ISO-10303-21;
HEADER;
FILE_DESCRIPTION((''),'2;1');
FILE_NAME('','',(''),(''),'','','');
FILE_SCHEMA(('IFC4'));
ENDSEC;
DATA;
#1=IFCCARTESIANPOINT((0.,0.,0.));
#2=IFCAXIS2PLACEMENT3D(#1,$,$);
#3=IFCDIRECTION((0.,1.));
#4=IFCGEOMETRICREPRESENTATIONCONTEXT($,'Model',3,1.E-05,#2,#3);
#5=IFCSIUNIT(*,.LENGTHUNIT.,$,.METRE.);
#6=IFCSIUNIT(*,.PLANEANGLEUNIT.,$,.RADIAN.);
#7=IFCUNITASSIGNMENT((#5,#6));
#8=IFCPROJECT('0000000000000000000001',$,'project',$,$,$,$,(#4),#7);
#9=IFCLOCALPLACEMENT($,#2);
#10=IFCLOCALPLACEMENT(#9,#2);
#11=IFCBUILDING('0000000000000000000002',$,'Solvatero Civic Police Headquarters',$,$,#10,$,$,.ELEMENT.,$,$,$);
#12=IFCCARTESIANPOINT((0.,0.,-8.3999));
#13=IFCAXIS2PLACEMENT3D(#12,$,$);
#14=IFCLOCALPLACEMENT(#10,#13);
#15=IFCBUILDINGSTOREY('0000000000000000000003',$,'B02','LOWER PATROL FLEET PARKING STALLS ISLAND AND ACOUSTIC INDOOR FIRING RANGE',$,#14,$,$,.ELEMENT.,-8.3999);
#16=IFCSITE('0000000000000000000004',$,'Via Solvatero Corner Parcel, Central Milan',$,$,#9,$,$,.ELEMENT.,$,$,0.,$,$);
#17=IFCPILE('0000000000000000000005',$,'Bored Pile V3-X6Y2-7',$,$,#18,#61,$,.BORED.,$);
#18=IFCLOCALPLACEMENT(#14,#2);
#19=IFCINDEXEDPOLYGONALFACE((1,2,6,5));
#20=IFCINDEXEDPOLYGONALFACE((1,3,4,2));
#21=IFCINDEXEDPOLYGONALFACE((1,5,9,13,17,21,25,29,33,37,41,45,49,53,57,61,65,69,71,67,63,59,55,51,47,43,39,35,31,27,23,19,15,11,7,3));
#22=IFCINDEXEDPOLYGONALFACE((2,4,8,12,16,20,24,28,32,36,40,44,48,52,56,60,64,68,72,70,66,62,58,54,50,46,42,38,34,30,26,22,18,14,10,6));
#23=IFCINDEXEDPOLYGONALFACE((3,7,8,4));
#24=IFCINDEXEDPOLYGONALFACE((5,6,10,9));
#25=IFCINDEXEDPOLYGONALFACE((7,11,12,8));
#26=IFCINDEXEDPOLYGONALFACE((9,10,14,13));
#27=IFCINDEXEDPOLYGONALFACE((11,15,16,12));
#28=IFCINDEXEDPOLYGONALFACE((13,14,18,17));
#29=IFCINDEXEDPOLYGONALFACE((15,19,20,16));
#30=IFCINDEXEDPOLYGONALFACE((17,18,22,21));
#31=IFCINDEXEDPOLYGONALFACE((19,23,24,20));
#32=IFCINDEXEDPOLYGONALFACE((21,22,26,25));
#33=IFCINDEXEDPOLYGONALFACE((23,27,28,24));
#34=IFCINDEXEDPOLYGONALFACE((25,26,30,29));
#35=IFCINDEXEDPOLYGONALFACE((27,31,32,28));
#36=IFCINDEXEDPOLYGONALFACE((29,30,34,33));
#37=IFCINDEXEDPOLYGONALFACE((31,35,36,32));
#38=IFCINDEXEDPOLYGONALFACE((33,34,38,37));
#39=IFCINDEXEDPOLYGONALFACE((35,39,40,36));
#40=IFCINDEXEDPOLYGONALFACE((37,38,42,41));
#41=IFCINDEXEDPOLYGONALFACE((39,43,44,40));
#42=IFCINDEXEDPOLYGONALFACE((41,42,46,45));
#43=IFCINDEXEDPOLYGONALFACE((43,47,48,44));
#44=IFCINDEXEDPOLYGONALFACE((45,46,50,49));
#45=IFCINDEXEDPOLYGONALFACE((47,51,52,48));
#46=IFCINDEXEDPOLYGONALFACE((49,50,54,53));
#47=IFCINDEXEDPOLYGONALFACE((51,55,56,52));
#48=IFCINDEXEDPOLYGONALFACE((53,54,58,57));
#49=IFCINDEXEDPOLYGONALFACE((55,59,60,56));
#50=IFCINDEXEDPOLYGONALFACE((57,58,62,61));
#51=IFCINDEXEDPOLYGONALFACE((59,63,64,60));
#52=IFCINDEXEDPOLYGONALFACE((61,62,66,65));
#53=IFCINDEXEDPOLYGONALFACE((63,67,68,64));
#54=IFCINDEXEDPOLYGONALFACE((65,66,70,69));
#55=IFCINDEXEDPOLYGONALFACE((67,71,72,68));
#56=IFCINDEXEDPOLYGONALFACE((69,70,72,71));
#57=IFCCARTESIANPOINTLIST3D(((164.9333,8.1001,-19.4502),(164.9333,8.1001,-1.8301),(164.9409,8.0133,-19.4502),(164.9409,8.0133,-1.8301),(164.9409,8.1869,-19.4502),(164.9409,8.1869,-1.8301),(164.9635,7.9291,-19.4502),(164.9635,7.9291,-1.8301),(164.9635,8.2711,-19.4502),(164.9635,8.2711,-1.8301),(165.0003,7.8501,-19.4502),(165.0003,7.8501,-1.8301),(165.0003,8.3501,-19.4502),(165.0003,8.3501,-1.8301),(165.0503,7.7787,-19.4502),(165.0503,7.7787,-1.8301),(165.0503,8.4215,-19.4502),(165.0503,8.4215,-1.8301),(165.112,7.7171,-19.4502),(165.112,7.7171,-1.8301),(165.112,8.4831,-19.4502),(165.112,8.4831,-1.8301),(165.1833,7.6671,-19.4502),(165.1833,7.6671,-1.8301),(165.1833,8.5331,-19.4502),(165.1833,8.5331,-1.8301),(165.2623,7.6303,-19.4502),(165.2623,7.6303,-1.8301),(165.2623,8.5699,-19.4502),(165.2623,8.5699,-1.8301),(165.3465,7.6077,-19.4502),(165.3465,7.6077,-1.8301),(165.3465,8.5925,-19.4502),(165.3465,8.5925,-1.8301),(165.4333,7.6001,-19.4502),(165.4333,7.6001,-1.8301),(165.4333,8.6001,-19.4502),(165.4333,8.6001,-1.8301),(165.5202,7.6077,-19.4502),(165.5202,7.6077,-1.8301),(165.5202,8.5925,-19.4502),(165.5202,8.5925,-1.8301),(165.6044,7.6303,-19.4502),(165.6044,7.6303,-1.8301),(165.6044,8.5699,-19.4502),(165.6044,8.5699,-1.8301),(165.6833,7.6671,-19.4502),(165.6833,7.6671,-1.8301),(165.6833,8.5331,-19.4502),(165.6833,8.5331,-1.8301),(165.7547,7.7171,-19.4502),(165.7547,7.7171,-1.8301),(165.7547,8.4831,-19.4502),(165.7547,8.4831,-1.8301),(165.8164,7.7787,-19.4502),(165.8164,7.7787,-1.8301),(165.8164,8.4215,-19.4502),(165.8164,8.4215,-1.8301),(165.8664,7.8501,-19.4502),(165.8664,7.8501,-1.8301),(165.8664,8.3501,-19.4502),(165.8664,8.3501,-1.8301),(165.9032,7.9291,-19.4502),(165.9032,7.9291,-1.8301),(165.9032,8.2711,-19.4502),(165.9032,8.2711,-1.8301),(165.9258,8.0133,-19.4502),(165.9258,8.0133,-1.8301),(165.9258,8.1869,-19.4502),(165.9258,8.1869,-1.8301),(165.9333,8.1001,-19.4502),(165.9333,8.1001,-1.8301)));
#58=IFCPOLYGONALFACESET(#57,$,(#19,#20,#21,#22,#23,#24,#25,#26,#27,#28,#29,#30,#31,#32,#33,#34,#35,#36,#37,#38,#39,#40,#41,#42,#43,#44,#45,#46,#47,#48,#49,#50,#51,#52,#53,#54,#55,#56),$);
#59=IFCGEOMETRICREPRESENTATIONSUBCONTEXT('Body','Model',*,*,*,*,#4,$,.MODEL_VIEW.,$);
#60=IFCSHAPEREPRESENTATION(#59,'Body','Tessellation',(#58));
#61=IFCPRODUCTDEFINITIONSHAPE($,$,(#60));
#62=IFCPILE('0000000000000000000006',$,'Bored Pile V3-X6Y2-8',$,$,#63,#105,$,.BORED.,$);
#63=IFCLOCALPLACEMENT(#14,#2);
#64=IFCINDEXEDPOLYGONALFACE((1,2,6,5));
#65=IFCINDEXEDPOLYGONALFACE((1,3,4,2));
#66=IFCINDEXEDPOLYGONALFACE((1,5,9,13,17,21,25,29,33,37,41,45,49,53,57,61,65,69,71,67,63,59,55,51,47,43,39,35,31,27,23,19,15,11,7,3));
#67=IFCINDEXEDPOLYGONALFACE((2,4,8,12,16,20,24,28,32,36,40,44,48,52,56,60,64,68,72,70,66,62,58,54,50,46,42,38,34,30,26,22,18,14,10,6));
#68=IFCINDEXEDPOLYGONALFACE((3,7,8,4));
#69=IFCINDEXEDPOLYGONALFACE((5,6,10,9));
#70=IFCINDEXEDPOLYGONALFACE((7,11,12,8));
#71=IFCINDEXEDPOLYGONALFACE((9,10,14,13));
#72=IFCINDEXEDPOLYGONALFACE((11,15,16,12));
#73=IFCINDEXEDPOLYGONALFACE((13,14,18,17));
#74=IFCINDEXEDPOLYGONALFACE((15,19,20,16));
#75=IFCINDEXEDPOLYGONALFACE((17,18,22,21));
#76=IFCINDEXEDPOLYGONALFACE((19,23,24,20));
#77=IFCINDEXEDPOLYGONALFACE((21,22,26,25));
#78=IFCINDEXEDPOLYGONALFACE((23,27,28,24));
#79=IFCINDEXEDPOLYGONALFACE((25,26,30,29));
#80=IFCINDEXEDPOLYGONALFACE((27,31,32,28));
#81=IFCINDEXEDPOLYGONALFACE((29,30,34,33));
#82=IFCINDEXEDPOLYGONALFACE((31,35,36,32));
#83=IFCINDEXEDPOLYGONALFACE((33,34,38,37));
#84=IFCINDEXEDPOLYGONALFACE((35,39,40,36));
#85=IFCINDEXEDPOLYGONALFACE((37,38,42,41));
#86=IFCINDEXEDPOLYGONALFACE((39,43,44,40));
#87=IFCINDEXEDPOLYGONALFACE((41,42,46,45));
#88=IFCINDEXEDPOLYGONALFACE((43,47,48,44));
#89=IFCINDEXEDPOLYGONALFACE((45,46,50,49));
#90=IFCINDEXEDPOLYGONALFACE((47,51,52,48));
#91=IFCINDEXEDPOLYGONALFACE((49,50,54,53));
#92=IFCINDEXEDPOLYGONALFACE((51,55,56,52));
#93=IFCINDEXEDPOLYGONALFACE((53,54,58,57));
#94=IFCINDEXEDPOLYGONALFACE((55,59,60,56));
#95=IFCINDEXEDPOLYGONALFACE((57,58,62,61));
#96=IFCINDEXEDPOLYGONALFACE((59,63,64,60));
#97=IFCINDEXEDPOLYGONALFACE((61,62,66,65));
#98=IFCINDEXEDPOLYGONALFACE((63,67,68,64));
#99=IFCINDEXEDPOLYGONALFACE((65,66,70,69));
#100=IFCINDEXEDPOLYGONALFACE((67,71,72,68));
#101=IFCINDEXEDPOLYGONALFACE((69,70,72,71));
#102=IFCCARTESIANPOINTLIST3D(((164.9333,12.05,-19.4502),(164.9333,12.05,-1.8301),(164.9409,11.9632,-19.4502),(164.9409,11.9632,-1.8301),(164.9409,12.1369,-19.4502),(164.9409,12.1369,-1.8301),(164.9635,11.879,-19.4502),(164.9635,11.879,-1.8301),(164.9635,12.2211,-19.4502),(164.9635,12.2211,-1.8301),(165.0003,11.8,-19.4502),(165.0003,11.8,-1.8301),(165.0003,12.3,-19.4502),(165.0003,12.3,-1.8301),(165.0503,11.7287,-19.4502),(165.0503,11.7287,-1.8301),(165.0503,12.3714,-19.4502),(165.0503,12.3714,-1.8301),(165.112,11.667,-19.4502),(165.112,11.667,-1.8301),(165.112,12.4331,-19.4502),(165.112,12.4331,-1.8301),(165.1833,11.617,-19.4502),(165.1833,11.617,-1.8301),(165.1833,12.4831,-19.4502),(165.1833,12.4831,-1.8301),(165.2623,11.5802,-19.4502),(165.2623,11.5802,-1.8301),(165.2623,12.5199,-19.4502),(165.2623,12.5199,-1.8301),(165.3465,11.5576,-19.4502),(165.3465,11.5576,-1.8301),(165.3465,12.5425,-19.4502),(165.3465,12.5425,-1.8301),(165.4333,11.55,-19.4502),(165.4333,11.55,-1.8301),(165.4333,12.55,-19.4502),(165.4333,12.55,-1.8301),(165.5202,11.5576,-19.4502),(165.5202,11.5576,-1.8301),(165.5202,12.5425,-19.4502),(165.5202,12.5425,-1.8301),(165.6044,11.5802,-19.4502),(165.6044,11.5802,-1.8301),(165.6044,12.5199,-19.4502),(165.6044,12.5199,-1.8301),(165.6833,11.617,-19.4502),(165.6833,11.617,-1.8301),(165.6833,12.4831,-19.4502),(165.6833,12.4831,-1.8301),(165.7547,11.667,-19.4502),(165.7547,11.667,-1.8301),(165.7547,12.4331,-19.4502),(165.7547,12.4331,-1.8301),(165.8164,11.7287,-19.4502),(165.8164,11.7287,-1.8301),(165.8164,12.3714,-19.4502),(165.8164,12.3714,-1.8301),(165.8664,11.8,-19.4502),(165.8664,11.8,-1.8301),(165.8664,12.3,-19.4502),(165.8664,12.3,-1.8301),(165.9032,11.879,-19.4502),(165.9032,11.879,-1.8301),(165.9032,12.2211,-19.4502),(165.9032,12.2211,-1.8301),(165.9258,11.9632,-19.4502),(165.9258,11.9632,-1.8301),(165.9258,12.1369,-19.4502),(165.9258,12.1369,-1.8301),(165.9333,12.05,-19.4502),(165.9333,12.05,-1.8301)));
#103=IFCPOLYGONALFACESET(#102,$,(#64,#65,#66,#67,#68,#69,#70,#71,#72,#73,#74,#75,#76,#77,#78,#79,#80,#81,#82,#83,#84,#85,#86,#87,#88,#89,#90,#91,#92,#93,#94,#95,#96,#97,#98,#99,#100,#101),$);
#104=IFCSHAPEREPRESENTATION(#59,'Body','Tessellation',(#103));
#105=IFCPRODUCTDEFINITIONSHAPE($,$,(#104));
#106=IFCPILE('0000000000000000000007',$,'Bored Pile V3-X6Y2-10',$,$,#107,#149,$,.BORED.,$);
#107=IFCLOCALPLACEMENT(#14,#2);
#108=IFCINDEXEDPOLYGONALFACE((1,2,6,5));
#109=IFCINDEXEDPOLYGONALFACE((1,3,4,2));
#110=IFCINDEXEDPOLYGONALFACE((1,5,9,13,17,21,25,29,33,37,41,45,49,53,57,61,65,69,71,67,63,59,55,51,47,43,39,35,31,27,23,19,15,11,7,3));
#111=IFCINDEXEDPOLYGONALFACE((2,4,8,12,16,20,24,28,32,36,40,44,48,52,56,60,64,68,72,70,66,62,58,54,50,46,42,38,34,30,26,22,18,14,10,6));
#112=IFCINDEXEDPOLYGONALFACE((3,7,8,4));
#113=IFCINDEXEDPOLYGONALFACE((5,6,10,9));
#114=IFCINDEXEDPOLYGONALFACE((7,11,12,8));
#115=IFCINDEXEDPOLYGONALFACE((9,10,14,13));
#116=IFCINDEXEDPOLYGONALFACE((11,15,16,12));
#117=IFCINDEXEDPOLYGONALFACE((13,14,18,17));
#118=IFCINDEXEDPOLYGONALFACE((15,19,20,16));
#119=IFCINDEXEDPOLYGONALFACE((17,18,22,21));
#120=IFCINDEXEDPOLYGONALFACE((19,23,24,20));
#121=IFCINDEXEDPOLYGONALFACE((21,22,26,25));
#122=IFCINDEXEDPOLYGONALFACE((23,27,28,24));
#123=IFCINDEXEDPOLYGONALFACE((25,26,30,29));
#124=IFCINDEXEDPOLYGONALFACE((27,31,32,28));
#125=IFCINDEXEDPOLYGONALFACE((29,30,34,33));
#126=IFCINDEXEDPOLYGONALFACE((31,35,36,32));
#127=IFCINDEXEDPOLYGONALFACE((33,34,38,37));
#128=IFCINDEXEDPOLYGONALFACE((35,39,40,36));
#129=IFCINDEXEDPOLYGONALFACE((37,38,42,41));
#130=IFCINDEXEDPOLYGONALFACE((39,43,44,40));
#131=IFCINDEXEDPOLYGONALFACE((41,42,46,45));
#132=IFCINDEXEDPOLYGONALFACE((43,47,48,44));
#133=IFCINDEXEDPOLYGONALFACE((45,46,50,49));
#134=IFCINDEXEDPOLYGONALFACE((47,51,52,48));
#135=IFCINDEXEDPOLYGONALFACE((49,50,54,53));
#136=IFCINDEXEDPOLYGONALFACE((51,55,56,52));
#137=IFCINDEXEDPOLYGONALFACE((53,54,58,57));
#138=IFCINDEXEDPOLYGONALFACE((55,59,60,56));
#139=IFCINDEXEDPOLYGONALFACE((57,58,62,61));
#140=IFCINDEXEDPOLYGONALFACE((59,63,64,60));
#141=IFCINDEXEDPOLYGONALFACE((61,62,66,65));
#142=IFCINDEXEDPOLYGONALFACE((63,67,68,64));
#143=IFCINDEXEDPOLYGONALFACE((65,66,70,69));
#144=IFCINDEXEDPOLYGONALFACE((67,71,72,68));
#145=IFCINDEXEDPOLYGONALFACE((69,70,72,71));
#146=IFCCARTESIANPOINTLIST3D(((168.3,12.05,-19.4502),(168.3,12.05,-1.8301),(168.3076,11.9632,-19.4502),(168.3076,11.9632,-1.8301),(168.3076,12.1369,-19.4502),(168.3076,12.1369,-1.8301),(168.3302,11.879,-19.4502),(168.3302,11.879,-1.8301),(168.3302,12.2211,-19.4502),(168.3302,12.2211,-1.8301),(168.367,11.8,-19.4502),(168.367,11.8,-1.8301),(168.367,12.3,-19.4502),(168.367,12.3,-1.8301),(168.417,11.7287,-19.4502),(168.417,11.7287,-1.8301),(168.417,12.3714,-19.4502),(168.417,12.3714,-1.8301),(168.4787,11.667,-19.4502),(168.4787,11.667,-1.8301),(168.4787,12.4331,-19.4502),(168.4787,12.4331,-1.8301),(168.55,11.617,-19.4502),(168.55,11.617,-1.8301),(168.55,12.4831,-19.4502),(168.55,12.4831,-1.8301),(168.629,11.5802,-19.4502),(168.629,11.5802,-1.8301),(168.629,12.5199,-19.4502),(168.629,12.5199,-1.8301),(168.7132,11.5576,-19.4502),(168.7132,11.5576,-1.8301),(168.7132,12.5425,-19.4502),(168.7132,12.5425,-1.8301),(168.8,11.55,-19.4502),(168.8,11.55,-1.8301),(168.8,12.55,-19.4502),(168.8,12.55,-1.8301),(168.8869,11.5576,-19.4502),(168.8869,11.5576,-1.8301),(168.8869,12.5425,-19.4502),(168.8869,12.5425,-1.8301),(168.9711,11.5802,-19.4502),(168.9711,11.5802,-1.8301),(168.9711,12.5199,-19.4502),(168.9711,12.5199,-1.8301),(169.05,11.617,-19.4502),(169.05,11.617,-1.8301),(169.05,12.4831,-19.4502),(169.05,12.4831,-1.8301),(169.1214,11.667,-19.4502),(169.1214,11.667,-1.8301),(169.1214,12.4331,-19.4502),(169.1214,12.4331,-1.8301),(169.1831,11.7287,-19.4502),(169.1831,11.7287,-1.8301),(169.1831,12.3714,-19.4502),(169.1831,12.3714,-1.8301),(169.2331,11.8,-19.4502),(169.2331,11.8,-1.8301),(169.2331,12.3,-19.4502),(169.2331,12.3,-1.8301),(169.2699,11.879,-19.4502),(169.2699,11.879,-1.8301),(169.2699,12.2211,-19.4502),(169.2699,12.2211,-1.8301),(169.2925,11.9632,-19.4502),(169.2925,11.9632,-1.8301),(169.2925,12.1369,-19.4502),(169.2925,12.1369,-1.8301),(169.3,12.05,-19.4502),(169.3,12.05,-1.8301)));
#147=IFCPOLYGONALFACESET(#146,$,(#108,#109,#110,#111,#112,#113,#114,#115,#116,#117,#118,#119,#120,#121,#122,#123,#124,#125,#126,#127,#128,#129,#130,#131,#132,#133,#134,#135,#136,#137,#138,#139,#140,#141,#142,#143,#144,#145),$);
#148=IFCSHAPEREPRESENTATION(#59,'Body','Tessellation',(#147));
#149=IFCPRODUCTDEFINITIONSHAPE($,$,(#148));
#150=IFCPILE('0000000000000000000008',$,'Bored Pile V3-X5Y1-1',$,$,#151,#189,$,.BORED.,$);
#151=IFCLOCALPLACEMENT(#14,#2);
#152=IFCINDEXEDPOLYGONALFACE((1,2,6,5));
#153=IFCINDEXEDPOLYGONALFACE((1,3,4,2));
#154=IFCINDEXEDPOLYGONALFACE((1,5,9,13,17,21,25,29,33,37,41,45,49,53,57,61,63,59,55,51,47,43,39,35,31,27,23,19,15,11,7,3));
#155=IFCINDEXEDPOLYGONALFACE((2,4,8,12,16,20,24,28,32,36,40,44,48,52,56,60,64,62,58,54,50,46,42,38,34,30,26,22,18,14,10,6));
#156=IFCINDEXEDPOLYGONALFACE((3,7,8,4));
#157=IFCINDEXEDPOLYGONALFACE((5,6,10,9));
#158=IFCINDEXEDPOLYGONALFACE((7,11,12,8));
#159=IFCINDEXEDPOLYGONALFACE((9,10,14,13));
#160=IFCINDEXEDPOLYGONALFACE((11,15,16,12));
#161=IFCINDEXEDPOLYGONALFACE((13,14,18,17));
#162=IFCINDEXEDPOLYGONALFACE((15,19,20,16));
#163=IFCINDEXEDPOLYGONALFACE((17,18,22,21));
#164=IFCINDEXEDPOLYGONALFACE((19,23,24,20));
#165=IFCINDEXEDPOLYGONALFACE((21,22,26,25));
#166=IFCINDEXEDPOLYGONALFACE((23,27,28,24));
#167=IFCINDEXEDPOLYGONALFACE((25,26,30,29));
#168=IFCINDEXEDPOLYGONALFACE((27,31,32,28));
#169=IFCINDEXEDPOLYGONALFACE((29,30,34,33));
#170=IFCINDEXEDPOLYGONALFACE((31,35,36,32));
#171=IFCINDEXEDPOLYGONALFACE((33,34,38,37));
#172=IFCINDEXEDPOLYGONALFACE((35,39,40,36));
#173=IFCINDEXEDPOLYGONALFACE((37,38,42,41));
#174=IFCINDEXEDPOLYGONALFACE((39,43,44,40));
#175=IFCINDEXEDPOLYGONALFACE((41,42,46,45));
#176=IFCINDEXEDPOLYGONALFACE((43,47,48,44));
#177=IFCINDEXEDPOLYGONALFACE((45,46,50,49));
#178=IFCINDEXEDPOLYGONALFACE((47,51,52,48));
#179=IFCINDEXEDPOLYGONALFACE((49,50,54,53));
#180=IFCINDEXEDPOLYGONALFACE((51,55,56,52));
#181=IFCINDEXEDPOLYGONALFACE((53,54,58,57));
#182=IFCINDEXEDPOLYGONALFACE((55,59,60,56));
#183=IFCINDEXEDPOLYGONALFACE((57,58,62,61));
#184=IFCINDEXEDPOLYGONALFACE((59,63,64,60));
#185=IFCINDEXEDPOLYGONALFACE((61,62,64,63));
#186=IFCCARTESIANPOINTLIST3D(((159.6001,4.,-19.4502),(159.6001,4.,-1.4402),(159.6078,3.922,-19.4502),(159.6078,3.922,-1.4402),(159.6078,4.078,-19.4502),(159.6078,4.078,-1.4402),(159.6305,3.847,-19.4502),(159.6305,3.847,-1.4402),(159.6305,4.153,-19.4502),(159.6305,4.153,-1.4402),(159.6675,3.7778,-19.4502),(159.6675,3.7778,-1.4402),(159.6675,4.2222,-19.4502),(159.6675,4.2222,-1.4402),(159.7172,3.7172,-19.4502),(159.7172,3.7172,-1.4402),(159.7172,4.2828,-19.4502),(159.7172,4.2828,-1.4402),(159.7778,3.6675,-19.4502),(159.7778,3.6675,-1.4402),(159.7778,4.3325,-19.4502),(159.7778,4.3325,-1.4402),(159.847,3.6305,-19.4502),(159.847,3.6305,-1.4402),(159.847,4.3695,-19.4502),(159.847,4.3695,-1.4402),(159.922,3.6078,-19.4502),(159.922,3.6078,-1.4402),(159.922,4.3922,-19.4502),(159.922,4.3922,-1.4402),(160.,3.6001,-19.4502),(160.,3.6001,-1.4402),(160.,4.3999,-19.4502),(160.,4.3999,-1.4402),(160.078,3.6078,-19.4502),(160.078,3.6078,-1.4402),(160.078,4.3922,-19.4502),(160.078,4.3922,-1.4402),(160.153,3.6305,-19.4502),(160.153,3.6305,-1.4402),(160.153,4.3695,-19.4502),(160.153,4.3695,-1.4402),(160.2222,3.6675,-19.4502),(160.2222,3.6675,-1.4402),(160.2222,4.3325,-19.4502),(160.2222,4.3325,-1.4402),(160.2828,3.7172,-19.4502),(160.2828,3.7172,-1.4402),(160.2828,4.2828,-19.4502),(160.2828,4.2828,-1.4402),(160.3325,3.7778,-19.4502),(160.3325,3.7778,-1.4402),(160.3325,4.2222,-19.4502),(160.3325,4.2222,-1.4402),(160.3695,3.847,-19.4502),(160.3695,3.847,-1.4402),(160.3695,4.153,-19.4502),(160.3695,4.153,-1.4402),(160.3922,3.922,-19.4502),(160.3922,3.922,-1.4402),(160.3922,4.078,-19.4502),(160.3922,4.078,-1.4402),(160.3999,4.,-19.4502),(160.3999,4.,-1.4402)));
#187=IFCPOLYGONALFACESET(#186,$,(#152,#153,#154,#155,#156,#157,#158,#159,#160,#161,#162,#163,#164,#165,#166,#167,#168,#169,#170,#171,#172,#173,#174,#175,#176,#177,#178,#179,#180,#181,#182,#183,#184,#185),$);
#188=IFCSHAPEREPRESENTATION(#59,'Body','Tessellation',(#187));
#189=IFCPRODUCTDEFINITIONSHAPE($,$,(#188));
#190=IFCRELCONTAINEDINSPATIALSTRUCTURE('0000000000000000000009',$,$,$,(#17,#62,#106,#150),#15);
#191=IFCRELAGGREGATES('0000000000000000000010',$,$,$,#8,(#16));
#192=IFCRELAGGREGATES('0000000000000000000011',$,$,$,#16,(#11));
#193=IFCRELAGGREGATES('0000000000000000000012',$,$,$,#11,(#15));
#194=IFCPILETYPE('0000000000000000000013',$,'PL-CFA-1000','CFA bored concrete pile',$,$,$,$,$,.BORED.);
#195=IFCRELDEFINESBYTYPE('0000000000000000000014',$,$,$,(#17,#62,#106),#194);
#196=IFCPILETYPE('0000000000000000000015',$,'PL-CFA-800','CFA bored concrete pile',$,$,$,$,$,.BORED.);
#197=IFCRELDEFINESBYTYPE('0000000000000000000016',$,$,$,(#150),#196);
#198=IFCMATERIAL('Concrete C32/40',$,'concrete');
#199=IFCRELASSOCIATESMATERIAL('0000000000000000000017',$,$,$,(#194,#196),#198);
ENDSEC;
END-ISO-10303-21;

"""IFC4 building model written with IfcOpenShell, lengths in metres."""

from ifc_helpers import new_model, si_unit, direction, frame, origin, origin_2d, place, context, subcontext, project, spatial, circle, extrude, material, material_profile, profile_set, type_object, element, save


model = new_model("IFC4")

# Units and contexts
model_context = context("Model", 3, precision=1e-05, world=origin(), true_north=direction((0.0, 1.0)))
body_context = subcontext(model_context, "Body", "Model", "MODEL_VIEW")
ifc_project = project(units=[si_unit("LENGTHUNIT", "METRE"), si_unit("PLANEANGLEUNIT", "RADIAN")], contexts=[model_context])

# Site, building, storey
site_placement = place(None, origin())
site = spatial("IfcSite", under=ifc_project, at=site_placement, Name="Via Solvatero Corner Parcel, Central Milan", CompositionType="ELEMENT", RefElevation=0.0)
building_placement = place(site_placement, origin())
building = spatial("IfcBuilding", under=site, at=building_placement, Name="Solvatero Civic Police Headquarters", CompositionType="ELEMENT")
storey_placement = place(building_placement, frame((0.0, 0.0, -8.3999)))
storey = spatial("IfcBuildingStorey", under=building, at=storey_placement, Name="B02", Description="LOWER PATROL FLEET PARKING STALLS ISLAND AND ACOUSTIC INDOOR FIRING RANGE", CompositionType="ELEMENT", Elevation=-8.3999)

# Piles
ifc_material_1 = material(Name="Concrete C32/40", Category="concrete")
ifc_material_profile_1 = material_profile(ifc_material_1, circle(Radius=0.5, at=origin_2d()), Name="CFA PILE D1000")
ifc_profile_set_1 = profile_set([ifc_material_profile_1], Name="Concrete C32/40")
pile_type_1 = type_object("IfcPileType", Name="PL-CFA-1000", Description="CFA bored concrete pile", PredefinedType="BORED", material=ifc_profile_set_1)
for number, where, z_axis, x_axis, name in (
    (1, (165.4333, 8.1001, -1.8301), (0.0, 0.0, -1.0), (1.0, 0.0, 0.0), "Bored Pile V3-X6Y2-7"),
    (2, (165.4333, 12.05, -1.8301), (0.0, 0.0, -1.0), (1.0, 0.0, 0.0), "Bored Pile V3-X6Y2-8"),
    (3, (168.8, 12.05, -1.8301), (0.0, 0.0, -1.0), (1.0, 0.0, 0.0), "Bored Pile V3-X6Y2-10"),
):
    element("IfcPile", number, at=place(storey_placement, frame(where, z_axis=z_axis, x_axis=x_axis)), inside=storey, type_object=pile_type_1, Name=name, PredefinedType="BORED", context=body_context, shape_type="SweptSolid", body=[
        extrude(circle(Radius=0.5, at=origin_2d()), origin(), (0.0, 0.0, 1.0), 17.6201),
    ])
ifc_material_profile_2 = material_profile(ifc_material_1, circle(Radius=0.3999, at=origin_2d()), Name="CFA PILE D800")
ifc_profile_set_2 = profile_set([ifc_material_profile_2], Name="Concrete C32/40")
pile_type_2 = type_object("IfcPileType", Name="PL-CFA-800", Description="CFA bored concrete pile", PredefinedType="BORED", material=ifc_profile_set_2)
for number, where, z_axis, x_axis, name in (
    (4, (160.0, 4.0, -1.4402), (0.0, 0.0, -1.0), (1.0, 0.0, 0.0), "Bored Pile V3-X5Y1-1"),
):
    element("IfcPile", number, at=place(storey_placement, frame(where, z_axis=z_axis, x_axis=x_axis)), inside=storey, type_object=pile_type_2, Name=name, PredefinedType="BORED", context=body_context, shape_type="SweptSolid", body=[
        extrude(circle(Radius=0.3999, at=origin_2d()), origin(), (0.0, 0.0, 1.0), 18.01),
    ])

save(model, "model.ifc")
